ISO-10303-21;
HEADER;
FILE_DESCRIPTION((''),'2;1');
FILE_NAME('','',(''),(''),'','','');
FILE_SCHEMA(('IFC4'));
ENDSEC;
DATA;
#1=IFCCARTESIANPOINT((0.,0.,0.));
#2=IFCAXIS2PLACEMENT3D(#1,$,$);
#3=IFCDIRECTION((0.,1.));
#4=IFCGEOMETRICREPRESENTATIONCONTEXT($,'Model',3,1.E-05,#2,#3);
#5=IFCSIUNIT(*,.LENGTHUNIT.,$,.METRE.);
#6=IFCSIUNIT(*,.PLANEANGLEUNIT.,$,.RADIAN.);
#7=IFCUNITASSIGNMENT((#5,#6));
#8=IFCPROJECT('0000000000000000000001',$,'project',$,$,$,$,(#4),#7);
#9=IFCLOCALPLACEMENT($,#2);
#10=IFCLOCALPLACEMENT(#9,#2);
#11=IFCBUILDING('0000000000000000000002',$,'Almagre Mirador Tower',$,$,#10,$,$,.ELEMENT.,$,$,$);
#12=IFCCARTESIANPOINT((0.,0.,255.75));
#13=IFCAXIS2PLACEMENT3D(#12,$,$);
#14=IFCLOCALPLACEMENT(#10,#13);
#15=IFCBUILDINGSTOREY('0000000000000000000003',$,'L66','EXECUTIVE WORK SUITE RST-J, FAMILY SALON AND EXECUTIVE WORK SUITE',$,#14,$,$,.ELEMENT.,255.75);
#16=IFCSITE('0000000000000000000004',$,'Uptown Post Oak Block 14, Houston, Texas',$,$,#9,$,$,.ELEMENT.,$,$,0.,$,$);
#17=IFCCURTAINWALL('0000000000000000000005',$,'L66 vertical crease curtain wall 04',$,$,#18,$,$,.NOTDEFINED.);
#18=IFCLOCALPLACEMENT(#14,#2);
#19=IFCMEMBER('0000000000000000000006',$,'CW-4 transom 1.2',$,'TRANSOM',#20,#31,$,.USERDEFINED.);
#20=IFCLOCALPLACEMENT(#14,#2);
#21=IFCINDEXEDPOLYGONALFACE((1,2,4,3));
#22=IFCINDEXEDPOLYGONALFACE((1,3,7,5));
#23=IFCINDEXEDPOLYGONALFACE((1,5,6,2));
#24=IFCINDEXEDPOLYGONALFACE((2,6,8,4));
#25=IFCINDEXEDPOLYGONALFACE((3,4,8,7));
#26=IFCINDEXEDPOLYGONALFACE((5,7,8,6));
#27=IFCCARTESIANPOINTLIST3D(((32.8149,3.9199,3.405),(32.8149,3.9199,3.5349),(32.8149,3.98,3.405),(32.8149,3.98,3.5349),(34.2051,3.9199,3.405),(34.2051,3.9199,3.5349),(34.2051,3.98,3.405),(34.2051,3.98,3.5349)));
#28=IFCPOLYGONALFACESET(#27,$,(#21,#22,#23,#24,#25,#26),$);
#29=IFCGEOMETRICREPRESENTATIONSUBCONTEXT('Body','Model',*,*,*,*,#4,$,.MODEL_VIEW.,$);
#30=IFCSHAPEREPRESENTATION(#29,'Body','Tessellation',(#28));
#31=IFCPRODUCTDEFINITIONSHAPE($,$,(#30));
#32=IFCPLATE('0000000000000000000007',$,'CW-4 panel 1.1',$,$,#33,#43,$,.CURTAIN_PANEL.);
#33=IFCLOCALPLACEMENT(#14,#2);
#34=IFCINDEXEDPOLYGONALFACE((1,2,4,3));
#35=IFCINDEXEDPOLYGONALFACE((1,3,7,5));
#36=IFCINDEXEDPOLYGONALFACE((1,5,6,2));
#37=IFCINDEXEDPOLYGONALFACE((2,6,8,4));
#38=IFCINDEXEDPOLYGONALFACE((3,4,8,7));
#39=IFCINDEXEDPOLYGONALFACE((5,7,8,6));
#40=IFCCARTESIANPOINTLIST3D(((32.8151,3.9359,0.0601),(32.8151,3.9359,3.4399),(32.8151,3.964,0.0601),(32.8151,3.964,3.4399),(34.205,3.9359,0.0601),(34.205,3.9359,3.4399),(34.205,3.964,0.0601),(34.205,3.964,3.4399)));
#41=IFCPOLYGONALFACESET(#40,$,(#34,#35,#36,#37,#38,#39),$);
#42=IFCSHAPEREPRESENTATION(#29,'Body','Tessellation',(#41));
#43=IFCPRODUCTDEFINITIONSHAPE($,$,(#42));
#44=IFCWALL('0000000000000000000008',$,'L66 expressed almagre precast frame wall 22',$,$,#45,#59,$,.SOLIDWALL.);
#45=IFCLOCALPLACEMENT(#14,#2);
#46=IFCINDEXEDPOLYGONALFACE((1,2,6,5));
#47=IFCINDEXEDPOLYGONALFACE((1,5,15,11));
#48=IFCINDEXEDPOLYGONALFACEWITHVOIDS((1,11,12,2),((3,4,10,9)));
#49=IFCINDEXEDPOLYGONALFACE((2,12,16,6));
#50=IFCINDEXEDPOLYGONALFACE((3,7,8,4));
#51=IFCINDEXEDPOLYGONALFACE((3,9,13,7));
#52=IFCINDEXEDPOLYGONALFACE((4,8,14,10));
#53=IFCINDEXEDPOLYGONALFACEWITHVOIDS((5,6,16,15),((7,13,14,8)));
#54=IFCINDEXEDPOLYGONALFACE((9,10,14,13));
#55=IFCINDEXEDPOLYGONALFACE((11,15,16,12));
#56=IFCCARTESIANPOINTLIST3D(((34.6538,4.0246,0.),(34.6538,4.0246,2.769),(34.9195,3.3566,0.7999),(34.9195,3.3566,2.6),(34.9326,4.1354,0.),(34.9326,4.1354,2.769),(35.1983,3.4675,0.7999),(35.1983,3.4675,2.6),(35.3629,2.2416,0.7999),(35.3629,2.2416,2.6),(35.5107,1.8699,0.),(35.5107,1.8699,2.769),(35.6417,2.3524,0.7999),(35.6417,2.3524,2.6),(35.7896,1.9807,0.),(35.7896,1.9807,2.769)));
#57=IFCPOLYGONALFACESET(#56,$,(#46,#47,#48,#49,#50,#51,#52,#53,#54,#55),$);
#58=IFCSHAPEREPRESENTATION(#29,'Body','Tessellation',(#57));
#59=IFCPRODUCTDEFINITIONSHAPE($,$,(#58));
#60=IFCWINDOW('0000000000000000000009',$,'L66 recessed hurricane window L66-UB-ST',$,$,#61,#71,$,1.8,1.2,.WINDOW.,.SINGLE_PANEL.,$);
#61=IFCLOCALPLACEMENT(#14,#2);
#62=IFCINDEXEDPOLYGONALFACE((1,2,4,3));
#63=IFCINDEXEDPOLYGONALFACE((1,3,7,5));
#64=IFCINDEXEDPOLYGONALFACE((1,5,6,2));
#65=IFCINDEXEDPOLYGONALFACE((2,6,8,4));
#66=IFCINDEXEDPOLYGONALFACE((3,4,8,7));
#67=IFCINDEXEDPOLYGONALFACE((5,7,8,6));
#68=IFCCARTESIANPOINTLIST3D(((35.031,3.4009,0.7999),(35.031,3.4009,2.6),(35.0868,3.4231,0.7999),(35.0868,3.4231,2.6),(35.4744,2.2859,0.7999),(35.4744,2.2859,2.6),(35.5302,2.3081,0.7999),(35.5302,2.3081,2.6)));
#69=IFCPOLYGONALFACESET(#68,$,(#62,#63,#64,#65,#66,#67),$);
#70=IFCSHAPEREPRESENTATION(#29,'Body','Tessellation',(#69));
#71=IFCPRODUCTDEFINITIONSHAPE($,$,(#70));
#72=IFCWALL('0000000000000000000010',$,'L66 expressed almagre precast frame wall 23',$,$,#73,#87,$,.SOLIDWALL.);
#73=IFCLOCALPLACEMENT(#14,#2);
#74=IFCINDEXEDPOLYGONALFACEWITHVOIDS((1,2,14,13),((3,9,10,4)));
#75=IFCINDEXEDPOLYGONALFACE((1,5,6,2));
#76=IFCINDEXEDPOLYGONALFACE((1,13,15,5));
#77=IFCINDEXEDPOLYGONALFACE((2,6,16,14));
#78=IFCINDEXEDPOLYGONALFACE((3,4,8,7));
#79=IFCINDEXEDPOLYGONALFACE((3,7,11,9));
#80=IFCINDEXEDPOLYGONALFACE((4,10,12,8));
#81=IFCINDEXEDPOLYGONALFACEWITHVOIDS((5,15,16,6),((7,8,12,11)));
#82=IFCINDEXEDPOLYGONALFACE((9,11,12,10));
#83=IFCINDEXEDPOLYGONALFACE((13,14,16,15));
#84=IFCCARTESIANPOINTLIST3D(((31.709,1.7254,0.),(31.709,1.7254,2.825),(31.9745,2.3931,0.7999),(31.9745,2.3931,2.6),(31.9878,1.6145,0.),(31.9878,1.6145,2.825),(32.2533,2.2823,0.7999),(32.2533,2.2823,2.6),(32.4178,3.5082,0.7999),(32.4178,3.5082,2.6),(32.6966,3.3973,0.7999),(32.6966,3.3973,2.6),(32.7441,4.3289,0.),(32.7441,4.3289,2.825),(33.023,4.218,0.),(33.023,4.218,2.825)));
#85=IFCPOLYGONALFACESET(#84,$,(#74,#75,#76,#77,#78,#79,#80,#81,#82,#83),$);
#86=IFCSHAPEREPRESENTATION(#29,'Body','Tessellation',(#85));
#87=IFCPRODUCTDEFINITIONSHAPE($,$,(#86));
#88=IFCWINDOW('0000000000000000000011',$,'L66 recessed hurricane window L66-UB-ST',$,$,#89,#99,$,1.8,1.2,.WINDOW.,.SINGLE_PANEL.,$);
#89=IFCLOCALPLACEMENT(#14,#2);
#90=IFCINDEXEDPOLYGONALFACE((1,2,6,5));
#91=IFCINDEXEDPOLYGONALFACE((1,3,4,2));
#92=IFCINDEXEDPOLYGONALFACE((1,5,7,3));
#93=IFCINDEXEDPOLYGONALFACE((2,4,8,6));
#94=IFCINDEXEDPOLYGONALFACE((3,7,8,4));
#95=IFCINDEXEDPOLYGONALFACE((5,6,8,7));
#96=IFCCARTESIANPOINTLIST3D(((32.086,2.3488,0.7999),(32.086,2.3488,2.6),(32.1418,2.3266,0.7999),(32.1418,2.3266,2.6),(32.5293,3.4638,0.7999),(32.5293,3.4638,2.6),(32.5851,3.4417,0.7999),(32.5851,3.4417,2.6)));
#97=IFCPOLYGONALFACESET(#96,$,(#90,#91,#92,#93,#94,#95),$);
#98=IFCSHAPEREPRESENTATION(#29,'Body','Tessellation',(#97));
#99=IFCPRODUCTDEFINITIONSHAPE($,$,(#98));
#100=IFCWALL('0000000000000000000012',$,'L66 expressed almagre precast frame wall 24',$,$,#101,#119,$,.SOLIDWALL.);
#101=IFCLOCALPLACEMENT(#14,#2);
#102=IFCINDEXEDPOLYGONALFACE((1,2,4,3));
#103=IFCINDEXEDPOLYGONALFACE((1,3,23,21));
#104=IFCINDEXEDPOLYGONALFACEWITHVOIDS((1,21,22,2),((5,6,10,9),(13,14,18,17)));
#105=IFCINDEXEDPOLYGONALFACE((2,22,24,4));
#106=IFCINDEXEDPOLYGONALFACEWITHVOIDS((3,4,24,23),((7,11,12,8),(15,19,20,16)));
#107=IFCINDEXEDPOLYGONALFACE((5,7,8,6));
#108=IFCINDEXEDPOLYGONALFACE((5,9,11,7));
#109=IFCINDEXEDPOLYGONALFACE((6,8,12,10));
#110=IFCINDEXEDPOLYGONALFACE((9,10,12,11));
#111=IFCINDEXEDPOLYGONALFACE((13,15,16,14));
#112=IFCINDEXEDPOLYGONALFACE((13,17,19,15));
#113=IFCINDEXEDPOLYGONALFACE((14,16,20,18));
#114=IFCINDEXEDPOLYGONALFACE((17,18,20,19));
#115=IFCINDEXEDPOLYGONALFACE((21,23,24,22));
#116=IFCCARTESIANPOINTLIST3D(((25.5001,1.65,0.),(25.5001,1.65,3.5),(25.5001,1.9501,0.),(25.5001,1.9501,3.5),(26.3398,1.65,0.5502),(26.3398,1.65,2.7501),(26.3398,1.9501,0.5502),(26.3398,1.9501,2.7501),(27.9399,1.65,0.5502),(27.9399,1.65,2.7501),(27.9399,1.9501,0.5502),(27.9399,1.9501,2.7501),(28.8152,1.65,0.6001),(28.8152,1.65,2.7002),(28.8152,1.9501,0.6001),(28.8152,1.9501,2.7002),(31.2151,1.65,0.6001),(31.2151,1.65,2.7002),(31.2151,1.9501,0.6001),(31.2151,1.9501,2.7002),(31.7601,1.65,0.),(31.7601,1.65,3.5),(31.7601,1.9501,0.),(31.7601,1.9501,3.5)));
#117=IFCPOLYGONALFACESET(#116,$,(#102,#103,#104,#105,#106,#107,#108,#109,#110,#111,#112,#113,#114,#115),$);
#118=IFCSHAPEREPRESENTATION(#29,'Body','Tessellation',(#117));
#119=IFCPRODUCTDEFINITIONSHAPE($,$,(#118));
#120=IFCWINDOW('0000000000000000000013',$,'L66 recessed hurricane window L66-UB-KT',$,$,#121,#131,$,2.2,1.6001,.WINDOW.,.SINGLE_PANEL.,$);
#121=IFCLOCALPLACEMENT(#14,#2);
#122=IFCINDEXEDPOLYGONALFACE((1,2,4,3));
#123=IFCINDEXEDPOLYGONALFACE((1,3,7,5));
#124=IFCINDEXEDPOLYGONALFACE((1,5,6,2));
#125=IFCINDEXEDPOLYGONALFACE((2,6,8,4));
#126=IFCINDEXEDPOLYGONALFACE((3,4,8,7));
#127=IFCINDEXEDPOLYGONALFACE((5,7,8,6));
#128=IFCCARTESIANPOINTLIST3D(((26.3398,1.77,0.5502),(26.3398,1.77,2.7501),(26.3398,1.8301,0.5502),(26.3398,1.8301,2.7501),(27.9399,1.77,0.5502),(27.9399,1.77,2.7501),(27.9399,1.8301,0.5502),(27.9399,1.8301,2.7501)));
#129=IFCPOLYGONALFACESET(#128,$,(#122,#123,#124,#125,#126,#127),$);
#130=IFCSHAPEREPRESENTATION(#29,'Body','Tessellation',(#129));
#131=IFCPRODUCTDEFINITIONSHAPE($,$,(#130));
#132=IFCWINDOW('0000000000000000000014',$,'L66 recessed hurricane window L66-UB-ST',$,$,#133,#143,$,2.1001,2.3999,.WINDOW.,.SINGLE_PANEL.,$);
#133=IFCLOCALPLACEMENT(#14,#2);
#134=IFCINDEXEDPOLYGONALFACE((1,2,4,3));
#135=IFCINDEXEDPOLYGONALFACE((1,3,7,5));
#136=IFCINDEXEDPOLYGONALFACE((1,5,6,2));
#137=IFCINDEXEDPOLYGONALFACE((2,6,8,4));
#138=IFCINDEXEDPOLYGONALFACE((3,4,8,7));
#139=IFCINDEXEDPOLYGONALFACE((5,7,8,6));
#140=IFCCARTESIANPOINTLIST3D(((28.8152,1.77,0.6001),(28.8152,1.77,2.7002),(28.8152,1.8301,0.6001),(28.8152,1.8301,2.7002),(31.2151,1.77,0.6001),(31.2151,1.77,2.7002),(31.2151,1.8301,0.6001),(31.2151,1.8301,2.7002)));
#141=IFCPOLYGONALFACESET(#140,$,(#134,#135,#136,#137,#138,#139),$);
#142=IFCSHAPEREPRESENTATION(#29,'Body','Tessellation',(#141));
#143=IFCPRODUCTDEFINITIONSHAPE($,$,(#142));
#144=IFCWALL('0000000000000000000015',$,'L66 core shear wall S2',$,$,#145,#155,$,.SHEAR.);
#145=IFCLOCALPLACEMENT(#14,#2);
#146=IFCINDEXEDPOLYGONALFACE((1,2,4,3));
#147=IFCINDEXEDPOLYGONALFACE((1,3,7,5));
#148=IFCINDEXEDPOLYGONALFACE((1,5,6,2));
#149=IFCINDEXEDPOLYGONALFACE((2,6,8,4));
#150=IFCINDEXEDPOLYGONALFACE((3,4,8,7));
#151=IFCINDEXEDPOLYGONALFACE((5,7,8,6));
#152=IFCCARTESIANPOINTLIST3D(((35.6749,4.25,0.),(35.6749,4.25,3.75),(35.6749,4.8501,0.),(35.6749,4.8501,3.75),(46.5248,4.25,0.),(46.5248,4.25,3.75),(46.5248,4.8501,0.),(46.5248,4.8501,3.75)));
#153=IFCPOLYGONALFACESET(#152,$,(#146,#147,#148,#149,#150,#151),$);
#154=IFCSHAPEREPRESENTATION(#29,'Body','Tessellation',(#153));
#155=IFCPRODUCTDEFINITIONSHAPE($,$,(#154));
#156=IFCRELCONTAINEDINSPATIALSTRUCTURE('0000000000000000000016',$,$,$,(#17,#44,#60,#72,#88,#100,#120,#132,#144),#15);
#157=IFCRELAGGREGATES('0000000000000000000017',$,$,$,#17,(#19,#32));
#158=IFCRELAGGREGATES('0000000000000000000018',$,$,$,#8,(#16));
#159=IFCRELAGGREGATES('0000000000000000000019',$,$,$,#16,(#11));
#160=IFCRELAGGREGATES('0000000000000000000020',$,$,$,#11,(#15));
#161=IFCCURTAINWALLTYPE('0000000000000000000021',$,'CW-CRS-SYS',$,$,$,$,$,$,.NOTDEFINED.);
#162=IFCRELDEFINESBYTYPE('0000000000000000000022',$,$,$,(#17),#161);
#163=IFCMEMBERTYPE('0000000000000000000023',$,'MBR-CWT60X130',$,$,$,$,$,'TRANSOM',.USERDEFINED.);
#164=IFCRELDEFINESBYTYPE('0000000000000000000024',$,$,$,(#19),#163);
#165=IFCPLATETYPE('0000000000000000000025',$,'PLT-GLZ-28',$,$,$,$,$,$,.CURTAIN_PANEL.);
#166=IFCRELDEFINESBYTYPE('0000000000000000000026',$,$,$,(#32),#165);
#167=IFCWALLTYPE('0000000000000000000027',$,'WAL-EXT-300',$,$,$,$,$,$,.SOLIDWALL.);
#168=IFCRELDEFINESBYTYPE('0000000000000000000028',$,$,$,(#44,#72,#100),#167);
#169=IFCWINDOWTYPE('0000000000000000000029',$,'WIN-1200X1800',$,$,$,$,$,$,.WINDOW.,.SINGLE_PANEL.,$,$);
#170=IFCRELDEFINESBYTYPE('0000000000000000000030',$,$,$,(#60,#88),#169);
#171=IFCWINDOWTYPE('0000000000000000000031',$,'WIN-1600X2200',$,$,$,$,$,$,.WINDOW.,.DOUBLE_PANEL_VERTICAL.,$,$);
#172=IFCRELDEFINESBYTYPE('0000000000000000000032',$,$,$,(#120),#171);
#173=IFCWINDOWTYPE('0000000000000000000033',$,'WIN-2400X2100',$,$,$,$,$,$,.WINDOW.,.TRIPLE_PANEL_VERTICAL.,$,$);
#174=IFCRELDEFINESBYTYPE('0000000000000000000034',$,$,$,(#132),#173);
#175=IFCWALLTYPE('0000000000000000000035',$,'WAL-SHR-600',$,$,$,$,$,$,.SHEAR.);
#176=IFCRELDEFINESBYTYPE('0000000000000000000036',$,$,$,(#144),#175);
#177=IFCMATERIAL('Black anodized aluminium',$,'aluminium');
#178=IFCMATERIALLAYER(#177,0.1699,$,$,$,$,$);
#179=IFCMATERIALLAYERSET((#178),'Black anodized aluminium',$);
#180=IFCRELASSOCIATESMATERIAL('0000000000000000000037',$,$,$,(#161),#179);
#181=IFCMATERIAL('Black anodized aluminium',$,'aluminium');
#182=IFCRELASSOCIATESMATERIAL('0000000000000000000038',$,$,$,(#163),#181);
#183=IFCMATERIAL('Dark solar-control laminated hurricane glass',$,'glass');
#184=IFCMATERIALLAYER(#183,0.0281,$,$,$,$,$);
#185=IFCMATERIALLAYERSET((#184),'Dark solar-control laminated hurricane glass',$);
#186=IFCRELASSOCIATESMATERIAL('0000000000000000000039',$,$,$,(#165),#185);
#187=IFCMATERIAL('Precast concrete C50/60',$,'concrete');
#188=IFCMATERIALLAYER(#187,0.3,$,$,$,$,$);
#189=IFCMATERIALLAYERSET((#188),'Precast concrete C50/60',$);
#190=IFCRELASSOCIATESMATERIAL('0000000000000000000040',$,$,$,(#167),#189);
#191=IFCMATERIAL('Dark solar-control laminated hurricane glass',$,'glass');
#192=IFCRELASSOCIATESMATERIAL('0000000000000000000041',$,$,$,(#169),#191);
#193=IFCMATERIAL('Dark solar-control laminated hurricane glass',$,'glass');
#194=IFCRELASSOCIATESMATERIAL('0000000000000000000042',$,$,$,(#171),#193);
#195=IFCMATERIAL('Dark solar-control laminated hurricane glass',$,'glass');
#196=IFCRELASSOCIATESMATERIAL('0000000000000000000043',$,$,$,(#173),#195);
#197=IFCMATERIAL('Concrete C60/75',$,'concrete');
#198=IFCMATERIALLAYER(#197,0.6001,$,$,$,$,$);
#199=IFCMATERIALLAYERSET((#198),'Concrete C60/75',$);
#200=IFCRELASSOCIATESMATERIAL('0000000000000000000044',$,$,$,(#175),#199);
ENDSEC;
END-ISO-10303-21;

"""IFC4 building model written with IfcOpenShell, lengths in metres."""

from ifc_helpers import new_model, si_unit, direction, frame, frame_2d, origin, origin_2d, place, context, subcontext, project, spatial, rectangle, extrude, material, layer, layer_set, material_profile, profile_set, type_object, element, fill, aggregate, save


model = new_model("IFC4")

# Units and contexts
model_context = context("Model", 3, precision=1e-05, world=origin(), true_north=direction((0.0, 1.0)))
body_context = subcontext(model_context, "Body", "Model", "MODEL_VIEW")
ifc_project = project(units=[si_unit("LENGTHUNIT", "METRE"), si_unit("PLANEANGLEUNIT", "RADIAN")], contexts=[model_context])

# Site, building, storey
site_placement = place(None, origin())
site = spatial("IfcSite", under=ifc_project, at=site_placement, Name="Uptown Post Oak Block 14, Houston, Texas", CompositionType="ELEMENT", RefElevation=0.0)
building_placement = place(site_placement, origin())
building = spatial("IfcBuilding", under=site, at=building_placement, Name="Almagre Mirador Tower", CompositionType="ELEMENT")
storey_placement = place(building_placement, frame((0.0, 0.0, 255.75)))
storey = spatial("IfcBuildingStorey", under=building, at=storey_placement, Name="L66", Description="EXECUTIVE WORK SUITE RST-J, FAMILY SALON AND EXECUTIVE WORK SUITE", CompositionType="ELEMENT", Elevation=255.75)

# Curtain wall, member, plate
ifc_material_1 = material(Name="Black anodized aluminium", Category="aluminium")
ifc_layer_1 = layer(ifc_material_1, 0.1699)
ifc_layer_set_1 = layer_set([ifc_layer_1], Name="Black anodized aluminium")
curtain_wall_type = type_object("IfcCurtainWallType", Name="CW-CRS-SYS", PredefinedType="NOTDEFINED", material=ifc_layer_set_1)
curtain_wall_placement = place(storey_placement, origin())
curtain_wall = element("IfcCurtainWall", 1, at=curtain_wall_placement, inside=storey, type_object=curtain_wall_type, Name="L66 vertical crease curtain wall 04", PredefinedType="NOTDEFINED")
ifc_material_2 = material(Name="Black anodized aluminium", Category="aluminium")
ifc_material_profile_1 = material_profile(ifc_material_2, rectangle(XDim=0.0601, YDim=0.1299, at=origin_2d()), Name="CWT60X130")
ifc_profile_set_1 = profile_set([ifc_material_profile_1], Name="Black anodized aluminium")
member_type_1 = type_object("IfcMemberType", Name="MBR-CWT60X130", ElementType="TRANSOM", PredefinedType="USERDEFINED", material=ifc_profile_set_1)
member_1_placement = place(storey_placement, frame((34.2051, 3.95, 3.47), z_axis=(-1.0, 0.0, 0.0), x_axis=(0.0, -1.0, 0.0)))
member_1 = element("IfcMember", 2, at=member_1_placement, type_object=member_type_1, Name="CW-4 transom 1.2", ObjectType="TRANSOM", PredefinedType="USERDEFINED", context=body_context, shape_type="SweptSolid", body=[
    extrude(rectangle(XDim=0.0601, YDim=0.1299, at=origin_2d()), origin(), (0.0, 0.0, 1.0), 1.3901),
])
ifc_material_3 = material(Name="Dark solar-control laminated hurricane glass", Category="glass")
ifc_layer_2 = layer(ifc_material_3, 0.0281)
ifc_layer_set_2 = layer_set([ifc_layer_2], Name="Dark solar-control laminated hurricane glass")
plate_type = type_object("IfcPlateType", Name="PLT-GLZ-28", PredefinedType="CURTAIN_PANEL", material=ifc_layer_set_2)
plate_placement = place(storey_placement, frame((33.51, 3.95, 0.0601), z_axis=(0.0, 0.0, 1.0), x_axis=(-1.0, 0.0, 0.0)))
plate = element("IfcPlate", 3, at=plate_placement, type_object=plate_type, Name="CW-4 panel 1.1", PredefinedType="CURTAIN_PANEL", context=body_context, shape_type="SweptSolid", body=[
    extrude(rectangle(XDim=1.3899, YDim=0.0281, at=origin_2d()), origin(), (0.0, 0.0, 1.0), 3.3799),
])
aggregate(curtain_wall, [member_1, plate])

# Walls, openings, windows
ifc_material_4 = material(Name="Precast concrete C50/60", Category="concrete")
ifc_layer_3 = layer(ifc_material_4, 0.3)
ifc_layer_set_3 = layer_set([ifc_layer_3], Name="Precast concrete C50/60")
wall_type_1 = type_object("IfcWallType", Name="WAL-EXT-300", PredefinedType="SOLIDWALL", material=ifc_layer_set_3)
wall_1_placement = place(storey_placement, frame((35.6501, 1.9253, 0.0), z_axis=(0.0, 0.0, 1.0), x_axis=(-0.369538, 0.929215, 0.0)))
wall_1 = element("IfcWall", 4, at=wall_1_placement, inside=storey, type_object=wall_type_1, Name="L66 expressed almagre precast frame wall 22", PredefinedType="SOLIDWALL", context=body_context, shape_type="SweptSolid", body=[
    extrude(rectangle(XDim=2.3188, YDim=0.3, at=frame_2d((1.1594, 0.0))), origin(), (0.0, 0.0, 1.0), 2.769),
])
opening_1_placement = place(wall_1_placement, frame((0.3999, 0.0, 0.8)))
opening_1 = element("IfcOpeningElement", 5, at=opening_1_placement, cuts=wall_1, PredefinedType="OPENING", context=body_context, shape_type="SweptSolid", body=[
    extrude(rectangle(XDim=1.2, YDim=1.8, at=frame_2d((0.6001, 0.8999))), frame((0.0, 0.1599, 0.0), z_axis=(0.0, -1.0, 0.0), x_axis=(1.0, 0.0, 0.0)), (0.0, 0.0, 1.0), 0.32),
])
ifc_material_5 = material(Name="Dark solar-control laminated hurricane glass", Category="glass")
window_type_1 = type_object("IfcWindowType", Name="WIN-1200X1800", PartitioningType="SINGLE_PANEL", PredefinedType="WINDOW", material=ifc_material_5)
window_1_placement = place(opening_1_placement, origin())
window_1 = element("IfcWindow", 6, at=window_1_placement, inside=storey, type_object=window_type_1, Name="L66 recessed hurricane window L66-UB-ST", OverallHeight=1.8, OverallWidth=1.2, PartitioningType="SINGLE_PANEL", PredefinedType="WINDOW", context=body_context, shape_type="SweptSolid", body=[
    extrude(rectangle(XDim=1.2, YDim=1.8, at=frame_2d((0.6001, 0.8999))), frame((0.0, 0.03, 0.0), z_axis=(0.0, -1.0, 0.0), x_axis=(1.0, 0.0, 0.0)), (0.0, 0.0, 1.0), 0.0601),
])
fill(opening_1, window_1)
wall_2_placement = place(storey_placement, frame((32.8835, 4.2734, 0.0), z_axis=(0.0, 0.0, 1.0), x_axis=(-0.369467, -0.929244, 0.0)))
wall_2 = element("IfcWall", 7, at=wall_2_placement, inside=storey, type_object=wall_type_1, Name="L66 expressed almagre precast frame wall 23", PredefinedType="SOLIDWALL", context=body_context, shape_type="SweptSolid", body=[
    extrude(rectangle(XDim=2.8018, YDim=0.3, at=frame_2d((1.4009, 0.0))), origin(), (0.0, 0.0, 1.0), 2.825),
])
opening_2_placement = place(wall_2_placement, frame((0.8831, 0.0, 0.8)))
opening_2 = element("IfcOpeningElement", 8, at=opening_2_placement, cuts=wall_2, PredefinedType="OPENING", context=body_context, shape_type="SweptSolid", body=[
    extrude(rectangle(XDim=1.2, YDim=1.8, at=frame_2d((0.6001, 0.8999))), frame((0.0, 0.1599, 0.0), z_axis=(0.0, -1.0, 0.0), x_axis=(1.0, 0.0, 0.0)), (0.0, 0.0, 1.0), 0.32),
])
window_2_placement = place(opening_2_placement, origin())
window_2 = element("IfcWindow", 9, at=window_2_placement, inside=storey, type_object=window_type_1, Name="L66 recessed hurricane window L66-UB-ST", OverallHeight=1.8, OverallWidth=1.2, PartitioningType="SINGLE_PANEL", PredefinedType="WINDOW", context=body_context, shape_type="SweptSolid", body=[
    extrude(rectangle(XDim=1.2, YDim=1.8, at=frame_2d((0.6001, 0.8999))), frame((0.0, 0.03, 0.0), z_axis=(0.0, -1.0, 0.0), x_axis=(1.0, 0.0, 0.0)), (0.0, 0.0, 1.0), 0.0601),
])
fill(opening_2, window_2)

# Wall, openings, windows
wall_3_placement = place(storey_placement, frame((31.76, 1.8, 0.0), z_axis=(0.0, 0.0, 1.0), x_axis=(-1.0, 0.0, 0.0)))
wall_3 = element("IfcWall", 10, at=wall_3_placement, inside=storey, type_object=wall_type_1, Name="L66 expressed almagre precast frame wall 24", PredefinedType="SOLIDWALL", context=body_context, shape_type="SweptSolid", body=[
    extrude(rectangle(XDim=6.26, YDim=0.3, at=frame_2d((3.1299, 0.0))), origin(), (0.0, 0.0, 1.0), 3.5),
])
opening_3_placement = place(wall_3_placement, frame((0.5449, 0.0, 0.6001)))
opening_3 = element("IfcOpeningElement", 11, at=opening_3_placement, cuts=wall_3, PredefinedType="OPENING", context=body_context, shape_type="SweptSolid", body=[
    extrude(rectangle(XDim=2.3999, YDim=2.1001, at=frame_2d((1.2, 1.05))), frame((0.0, 0.1599, 0.0), z_axis=(0.0, -1.0, 0.0), x_axis=(1.0, 0.0, 0.0)), (0.0, 0.0, 1.0), 0.32),
])
opening_4_placement = place(wall_3_placement, frame((3.8201, 0.0, 0.55)))
opening_4 = element("IfcOpeningElement", 12, at=opening_4_placement, cuts=wall_3, PredefinedType="OPENING", context=body_context, shape_type="SweptSolid", body=[
    extrude(rectangle(XDim=1.6001, YDim=2.2, at=frame_2d((0.8, 1.1001))), frame((0.0, 0.1599, 0.0), z_axis=(0.0, -1.0, 0.0), x_axis=(1.0, 0.0, 0.0)), (0.0, 0.0, 1.0), 0.32),
])
ifc_material_6 = material(Name="Dark solar-control laminated hurricane glass", Category="glass")
window_type_2 = type_object("IfcWindowType", Name="WIN-1600X2200", PartitioningType="DOUBLE_PANEL_VERTICAL", PredefinedType="WINDOW", material=ifc_material_6)
window_3_placement = place(opening_4_placement, origin())
window_3 = element("IfcWindow", 13, at=window_3_placement, inside=storey, type_object=window_type_2, Name="L66 recessed hurricane window L66-UB-KT", OverallHeight=2.2, OverallWidth=1.6001, PartitioningType="SINGLE_PANEL", PredefinedType="WINDOW", context=body_context, shape_type="SweptSolid", body=[
    extrude(rectangle(XDim=1.6001, YDim=2.2, at=frame_2d((0.8, 1.1001))), frame((0.0, 0.03, 0.0), z_axis=(0.0, -1.0, 0.0), x_axis=(1.0, 0.0, 0.0)), (0.0, 0.0, 1.0), 0.0601),
])
fill(opening_4, window_3)
ifc_material_7 = material(Name="Dark solar-control laminated hurricane glass", Category="glass")
window_type_3 = type_object("IfcWindowType", Name="WIN-2400X2100", PartitioningType="TRIPLE_PANEL_VERTICAL", PredefinedType="WINDOW", material=ifc_material_7)
window_4_placement = place(opening_3_placement, origin())
window_4 = element("IfcWindow", 14, at=window_4_placement, inside=storey, type_object=window_type_3, Name="L66 recessed hurricane window L66-UB-ST", OverallHeight=2.1001, OverallWidth=2.3999, PartitioningType="SINGLE_PANEL", PredefinedType="WINDOW", context=body_context, shape_type="SweptSolid", body=[
    extrude(rectangle(XDim=2.3999, YDim=2.1001, at=frame_2d((1.2, 1.05))), frame((0.0, 0.03, 0.0), z_axis=(0.0, -1.0, 0.0), x_axis=(1.0, 0.0, 0.0)), (0.0, 0.0, 1.0), 0.0601),
])
fill(opening_3, window_4)

# Wall
ifc_material_8 = material(Name="Concrete C60/75", Category="concrete")
ifc_layer_4 = layer(ifc_material_8, 0.6001)
ifc_layer_set_4 = layer_set([ifc_layer_4], Name="Concrete C60/75")
wall_type_2 = type_object("IfcWallType", Name="WAL-SHR-600", PredefinedType="SHEAR", material=ifc_layer_set_4)
wall_4_placement = place(storey_placement, frame((35.675, 4.55, 0.0), z_axis=(0.0, 0.0, 1.0), x_axis=(1.0, 0.0, 0.0)))
element("IfcWall", 15, at=wall_4_placement, inside=storey, type_object=wall_type_2, Name="L66 core shear wall S2", PredefinedType="SHEAR", context=body_context, shape_type="SweptSolid", body=[
    extrude(rectangle(XDim=10.8499, YDim=0.6001, at=frame_2d((5.4248, 0.0))), origin(), (0.0, 0.0, 1.0), 3.75),
])

save(model, "model.ifc")
